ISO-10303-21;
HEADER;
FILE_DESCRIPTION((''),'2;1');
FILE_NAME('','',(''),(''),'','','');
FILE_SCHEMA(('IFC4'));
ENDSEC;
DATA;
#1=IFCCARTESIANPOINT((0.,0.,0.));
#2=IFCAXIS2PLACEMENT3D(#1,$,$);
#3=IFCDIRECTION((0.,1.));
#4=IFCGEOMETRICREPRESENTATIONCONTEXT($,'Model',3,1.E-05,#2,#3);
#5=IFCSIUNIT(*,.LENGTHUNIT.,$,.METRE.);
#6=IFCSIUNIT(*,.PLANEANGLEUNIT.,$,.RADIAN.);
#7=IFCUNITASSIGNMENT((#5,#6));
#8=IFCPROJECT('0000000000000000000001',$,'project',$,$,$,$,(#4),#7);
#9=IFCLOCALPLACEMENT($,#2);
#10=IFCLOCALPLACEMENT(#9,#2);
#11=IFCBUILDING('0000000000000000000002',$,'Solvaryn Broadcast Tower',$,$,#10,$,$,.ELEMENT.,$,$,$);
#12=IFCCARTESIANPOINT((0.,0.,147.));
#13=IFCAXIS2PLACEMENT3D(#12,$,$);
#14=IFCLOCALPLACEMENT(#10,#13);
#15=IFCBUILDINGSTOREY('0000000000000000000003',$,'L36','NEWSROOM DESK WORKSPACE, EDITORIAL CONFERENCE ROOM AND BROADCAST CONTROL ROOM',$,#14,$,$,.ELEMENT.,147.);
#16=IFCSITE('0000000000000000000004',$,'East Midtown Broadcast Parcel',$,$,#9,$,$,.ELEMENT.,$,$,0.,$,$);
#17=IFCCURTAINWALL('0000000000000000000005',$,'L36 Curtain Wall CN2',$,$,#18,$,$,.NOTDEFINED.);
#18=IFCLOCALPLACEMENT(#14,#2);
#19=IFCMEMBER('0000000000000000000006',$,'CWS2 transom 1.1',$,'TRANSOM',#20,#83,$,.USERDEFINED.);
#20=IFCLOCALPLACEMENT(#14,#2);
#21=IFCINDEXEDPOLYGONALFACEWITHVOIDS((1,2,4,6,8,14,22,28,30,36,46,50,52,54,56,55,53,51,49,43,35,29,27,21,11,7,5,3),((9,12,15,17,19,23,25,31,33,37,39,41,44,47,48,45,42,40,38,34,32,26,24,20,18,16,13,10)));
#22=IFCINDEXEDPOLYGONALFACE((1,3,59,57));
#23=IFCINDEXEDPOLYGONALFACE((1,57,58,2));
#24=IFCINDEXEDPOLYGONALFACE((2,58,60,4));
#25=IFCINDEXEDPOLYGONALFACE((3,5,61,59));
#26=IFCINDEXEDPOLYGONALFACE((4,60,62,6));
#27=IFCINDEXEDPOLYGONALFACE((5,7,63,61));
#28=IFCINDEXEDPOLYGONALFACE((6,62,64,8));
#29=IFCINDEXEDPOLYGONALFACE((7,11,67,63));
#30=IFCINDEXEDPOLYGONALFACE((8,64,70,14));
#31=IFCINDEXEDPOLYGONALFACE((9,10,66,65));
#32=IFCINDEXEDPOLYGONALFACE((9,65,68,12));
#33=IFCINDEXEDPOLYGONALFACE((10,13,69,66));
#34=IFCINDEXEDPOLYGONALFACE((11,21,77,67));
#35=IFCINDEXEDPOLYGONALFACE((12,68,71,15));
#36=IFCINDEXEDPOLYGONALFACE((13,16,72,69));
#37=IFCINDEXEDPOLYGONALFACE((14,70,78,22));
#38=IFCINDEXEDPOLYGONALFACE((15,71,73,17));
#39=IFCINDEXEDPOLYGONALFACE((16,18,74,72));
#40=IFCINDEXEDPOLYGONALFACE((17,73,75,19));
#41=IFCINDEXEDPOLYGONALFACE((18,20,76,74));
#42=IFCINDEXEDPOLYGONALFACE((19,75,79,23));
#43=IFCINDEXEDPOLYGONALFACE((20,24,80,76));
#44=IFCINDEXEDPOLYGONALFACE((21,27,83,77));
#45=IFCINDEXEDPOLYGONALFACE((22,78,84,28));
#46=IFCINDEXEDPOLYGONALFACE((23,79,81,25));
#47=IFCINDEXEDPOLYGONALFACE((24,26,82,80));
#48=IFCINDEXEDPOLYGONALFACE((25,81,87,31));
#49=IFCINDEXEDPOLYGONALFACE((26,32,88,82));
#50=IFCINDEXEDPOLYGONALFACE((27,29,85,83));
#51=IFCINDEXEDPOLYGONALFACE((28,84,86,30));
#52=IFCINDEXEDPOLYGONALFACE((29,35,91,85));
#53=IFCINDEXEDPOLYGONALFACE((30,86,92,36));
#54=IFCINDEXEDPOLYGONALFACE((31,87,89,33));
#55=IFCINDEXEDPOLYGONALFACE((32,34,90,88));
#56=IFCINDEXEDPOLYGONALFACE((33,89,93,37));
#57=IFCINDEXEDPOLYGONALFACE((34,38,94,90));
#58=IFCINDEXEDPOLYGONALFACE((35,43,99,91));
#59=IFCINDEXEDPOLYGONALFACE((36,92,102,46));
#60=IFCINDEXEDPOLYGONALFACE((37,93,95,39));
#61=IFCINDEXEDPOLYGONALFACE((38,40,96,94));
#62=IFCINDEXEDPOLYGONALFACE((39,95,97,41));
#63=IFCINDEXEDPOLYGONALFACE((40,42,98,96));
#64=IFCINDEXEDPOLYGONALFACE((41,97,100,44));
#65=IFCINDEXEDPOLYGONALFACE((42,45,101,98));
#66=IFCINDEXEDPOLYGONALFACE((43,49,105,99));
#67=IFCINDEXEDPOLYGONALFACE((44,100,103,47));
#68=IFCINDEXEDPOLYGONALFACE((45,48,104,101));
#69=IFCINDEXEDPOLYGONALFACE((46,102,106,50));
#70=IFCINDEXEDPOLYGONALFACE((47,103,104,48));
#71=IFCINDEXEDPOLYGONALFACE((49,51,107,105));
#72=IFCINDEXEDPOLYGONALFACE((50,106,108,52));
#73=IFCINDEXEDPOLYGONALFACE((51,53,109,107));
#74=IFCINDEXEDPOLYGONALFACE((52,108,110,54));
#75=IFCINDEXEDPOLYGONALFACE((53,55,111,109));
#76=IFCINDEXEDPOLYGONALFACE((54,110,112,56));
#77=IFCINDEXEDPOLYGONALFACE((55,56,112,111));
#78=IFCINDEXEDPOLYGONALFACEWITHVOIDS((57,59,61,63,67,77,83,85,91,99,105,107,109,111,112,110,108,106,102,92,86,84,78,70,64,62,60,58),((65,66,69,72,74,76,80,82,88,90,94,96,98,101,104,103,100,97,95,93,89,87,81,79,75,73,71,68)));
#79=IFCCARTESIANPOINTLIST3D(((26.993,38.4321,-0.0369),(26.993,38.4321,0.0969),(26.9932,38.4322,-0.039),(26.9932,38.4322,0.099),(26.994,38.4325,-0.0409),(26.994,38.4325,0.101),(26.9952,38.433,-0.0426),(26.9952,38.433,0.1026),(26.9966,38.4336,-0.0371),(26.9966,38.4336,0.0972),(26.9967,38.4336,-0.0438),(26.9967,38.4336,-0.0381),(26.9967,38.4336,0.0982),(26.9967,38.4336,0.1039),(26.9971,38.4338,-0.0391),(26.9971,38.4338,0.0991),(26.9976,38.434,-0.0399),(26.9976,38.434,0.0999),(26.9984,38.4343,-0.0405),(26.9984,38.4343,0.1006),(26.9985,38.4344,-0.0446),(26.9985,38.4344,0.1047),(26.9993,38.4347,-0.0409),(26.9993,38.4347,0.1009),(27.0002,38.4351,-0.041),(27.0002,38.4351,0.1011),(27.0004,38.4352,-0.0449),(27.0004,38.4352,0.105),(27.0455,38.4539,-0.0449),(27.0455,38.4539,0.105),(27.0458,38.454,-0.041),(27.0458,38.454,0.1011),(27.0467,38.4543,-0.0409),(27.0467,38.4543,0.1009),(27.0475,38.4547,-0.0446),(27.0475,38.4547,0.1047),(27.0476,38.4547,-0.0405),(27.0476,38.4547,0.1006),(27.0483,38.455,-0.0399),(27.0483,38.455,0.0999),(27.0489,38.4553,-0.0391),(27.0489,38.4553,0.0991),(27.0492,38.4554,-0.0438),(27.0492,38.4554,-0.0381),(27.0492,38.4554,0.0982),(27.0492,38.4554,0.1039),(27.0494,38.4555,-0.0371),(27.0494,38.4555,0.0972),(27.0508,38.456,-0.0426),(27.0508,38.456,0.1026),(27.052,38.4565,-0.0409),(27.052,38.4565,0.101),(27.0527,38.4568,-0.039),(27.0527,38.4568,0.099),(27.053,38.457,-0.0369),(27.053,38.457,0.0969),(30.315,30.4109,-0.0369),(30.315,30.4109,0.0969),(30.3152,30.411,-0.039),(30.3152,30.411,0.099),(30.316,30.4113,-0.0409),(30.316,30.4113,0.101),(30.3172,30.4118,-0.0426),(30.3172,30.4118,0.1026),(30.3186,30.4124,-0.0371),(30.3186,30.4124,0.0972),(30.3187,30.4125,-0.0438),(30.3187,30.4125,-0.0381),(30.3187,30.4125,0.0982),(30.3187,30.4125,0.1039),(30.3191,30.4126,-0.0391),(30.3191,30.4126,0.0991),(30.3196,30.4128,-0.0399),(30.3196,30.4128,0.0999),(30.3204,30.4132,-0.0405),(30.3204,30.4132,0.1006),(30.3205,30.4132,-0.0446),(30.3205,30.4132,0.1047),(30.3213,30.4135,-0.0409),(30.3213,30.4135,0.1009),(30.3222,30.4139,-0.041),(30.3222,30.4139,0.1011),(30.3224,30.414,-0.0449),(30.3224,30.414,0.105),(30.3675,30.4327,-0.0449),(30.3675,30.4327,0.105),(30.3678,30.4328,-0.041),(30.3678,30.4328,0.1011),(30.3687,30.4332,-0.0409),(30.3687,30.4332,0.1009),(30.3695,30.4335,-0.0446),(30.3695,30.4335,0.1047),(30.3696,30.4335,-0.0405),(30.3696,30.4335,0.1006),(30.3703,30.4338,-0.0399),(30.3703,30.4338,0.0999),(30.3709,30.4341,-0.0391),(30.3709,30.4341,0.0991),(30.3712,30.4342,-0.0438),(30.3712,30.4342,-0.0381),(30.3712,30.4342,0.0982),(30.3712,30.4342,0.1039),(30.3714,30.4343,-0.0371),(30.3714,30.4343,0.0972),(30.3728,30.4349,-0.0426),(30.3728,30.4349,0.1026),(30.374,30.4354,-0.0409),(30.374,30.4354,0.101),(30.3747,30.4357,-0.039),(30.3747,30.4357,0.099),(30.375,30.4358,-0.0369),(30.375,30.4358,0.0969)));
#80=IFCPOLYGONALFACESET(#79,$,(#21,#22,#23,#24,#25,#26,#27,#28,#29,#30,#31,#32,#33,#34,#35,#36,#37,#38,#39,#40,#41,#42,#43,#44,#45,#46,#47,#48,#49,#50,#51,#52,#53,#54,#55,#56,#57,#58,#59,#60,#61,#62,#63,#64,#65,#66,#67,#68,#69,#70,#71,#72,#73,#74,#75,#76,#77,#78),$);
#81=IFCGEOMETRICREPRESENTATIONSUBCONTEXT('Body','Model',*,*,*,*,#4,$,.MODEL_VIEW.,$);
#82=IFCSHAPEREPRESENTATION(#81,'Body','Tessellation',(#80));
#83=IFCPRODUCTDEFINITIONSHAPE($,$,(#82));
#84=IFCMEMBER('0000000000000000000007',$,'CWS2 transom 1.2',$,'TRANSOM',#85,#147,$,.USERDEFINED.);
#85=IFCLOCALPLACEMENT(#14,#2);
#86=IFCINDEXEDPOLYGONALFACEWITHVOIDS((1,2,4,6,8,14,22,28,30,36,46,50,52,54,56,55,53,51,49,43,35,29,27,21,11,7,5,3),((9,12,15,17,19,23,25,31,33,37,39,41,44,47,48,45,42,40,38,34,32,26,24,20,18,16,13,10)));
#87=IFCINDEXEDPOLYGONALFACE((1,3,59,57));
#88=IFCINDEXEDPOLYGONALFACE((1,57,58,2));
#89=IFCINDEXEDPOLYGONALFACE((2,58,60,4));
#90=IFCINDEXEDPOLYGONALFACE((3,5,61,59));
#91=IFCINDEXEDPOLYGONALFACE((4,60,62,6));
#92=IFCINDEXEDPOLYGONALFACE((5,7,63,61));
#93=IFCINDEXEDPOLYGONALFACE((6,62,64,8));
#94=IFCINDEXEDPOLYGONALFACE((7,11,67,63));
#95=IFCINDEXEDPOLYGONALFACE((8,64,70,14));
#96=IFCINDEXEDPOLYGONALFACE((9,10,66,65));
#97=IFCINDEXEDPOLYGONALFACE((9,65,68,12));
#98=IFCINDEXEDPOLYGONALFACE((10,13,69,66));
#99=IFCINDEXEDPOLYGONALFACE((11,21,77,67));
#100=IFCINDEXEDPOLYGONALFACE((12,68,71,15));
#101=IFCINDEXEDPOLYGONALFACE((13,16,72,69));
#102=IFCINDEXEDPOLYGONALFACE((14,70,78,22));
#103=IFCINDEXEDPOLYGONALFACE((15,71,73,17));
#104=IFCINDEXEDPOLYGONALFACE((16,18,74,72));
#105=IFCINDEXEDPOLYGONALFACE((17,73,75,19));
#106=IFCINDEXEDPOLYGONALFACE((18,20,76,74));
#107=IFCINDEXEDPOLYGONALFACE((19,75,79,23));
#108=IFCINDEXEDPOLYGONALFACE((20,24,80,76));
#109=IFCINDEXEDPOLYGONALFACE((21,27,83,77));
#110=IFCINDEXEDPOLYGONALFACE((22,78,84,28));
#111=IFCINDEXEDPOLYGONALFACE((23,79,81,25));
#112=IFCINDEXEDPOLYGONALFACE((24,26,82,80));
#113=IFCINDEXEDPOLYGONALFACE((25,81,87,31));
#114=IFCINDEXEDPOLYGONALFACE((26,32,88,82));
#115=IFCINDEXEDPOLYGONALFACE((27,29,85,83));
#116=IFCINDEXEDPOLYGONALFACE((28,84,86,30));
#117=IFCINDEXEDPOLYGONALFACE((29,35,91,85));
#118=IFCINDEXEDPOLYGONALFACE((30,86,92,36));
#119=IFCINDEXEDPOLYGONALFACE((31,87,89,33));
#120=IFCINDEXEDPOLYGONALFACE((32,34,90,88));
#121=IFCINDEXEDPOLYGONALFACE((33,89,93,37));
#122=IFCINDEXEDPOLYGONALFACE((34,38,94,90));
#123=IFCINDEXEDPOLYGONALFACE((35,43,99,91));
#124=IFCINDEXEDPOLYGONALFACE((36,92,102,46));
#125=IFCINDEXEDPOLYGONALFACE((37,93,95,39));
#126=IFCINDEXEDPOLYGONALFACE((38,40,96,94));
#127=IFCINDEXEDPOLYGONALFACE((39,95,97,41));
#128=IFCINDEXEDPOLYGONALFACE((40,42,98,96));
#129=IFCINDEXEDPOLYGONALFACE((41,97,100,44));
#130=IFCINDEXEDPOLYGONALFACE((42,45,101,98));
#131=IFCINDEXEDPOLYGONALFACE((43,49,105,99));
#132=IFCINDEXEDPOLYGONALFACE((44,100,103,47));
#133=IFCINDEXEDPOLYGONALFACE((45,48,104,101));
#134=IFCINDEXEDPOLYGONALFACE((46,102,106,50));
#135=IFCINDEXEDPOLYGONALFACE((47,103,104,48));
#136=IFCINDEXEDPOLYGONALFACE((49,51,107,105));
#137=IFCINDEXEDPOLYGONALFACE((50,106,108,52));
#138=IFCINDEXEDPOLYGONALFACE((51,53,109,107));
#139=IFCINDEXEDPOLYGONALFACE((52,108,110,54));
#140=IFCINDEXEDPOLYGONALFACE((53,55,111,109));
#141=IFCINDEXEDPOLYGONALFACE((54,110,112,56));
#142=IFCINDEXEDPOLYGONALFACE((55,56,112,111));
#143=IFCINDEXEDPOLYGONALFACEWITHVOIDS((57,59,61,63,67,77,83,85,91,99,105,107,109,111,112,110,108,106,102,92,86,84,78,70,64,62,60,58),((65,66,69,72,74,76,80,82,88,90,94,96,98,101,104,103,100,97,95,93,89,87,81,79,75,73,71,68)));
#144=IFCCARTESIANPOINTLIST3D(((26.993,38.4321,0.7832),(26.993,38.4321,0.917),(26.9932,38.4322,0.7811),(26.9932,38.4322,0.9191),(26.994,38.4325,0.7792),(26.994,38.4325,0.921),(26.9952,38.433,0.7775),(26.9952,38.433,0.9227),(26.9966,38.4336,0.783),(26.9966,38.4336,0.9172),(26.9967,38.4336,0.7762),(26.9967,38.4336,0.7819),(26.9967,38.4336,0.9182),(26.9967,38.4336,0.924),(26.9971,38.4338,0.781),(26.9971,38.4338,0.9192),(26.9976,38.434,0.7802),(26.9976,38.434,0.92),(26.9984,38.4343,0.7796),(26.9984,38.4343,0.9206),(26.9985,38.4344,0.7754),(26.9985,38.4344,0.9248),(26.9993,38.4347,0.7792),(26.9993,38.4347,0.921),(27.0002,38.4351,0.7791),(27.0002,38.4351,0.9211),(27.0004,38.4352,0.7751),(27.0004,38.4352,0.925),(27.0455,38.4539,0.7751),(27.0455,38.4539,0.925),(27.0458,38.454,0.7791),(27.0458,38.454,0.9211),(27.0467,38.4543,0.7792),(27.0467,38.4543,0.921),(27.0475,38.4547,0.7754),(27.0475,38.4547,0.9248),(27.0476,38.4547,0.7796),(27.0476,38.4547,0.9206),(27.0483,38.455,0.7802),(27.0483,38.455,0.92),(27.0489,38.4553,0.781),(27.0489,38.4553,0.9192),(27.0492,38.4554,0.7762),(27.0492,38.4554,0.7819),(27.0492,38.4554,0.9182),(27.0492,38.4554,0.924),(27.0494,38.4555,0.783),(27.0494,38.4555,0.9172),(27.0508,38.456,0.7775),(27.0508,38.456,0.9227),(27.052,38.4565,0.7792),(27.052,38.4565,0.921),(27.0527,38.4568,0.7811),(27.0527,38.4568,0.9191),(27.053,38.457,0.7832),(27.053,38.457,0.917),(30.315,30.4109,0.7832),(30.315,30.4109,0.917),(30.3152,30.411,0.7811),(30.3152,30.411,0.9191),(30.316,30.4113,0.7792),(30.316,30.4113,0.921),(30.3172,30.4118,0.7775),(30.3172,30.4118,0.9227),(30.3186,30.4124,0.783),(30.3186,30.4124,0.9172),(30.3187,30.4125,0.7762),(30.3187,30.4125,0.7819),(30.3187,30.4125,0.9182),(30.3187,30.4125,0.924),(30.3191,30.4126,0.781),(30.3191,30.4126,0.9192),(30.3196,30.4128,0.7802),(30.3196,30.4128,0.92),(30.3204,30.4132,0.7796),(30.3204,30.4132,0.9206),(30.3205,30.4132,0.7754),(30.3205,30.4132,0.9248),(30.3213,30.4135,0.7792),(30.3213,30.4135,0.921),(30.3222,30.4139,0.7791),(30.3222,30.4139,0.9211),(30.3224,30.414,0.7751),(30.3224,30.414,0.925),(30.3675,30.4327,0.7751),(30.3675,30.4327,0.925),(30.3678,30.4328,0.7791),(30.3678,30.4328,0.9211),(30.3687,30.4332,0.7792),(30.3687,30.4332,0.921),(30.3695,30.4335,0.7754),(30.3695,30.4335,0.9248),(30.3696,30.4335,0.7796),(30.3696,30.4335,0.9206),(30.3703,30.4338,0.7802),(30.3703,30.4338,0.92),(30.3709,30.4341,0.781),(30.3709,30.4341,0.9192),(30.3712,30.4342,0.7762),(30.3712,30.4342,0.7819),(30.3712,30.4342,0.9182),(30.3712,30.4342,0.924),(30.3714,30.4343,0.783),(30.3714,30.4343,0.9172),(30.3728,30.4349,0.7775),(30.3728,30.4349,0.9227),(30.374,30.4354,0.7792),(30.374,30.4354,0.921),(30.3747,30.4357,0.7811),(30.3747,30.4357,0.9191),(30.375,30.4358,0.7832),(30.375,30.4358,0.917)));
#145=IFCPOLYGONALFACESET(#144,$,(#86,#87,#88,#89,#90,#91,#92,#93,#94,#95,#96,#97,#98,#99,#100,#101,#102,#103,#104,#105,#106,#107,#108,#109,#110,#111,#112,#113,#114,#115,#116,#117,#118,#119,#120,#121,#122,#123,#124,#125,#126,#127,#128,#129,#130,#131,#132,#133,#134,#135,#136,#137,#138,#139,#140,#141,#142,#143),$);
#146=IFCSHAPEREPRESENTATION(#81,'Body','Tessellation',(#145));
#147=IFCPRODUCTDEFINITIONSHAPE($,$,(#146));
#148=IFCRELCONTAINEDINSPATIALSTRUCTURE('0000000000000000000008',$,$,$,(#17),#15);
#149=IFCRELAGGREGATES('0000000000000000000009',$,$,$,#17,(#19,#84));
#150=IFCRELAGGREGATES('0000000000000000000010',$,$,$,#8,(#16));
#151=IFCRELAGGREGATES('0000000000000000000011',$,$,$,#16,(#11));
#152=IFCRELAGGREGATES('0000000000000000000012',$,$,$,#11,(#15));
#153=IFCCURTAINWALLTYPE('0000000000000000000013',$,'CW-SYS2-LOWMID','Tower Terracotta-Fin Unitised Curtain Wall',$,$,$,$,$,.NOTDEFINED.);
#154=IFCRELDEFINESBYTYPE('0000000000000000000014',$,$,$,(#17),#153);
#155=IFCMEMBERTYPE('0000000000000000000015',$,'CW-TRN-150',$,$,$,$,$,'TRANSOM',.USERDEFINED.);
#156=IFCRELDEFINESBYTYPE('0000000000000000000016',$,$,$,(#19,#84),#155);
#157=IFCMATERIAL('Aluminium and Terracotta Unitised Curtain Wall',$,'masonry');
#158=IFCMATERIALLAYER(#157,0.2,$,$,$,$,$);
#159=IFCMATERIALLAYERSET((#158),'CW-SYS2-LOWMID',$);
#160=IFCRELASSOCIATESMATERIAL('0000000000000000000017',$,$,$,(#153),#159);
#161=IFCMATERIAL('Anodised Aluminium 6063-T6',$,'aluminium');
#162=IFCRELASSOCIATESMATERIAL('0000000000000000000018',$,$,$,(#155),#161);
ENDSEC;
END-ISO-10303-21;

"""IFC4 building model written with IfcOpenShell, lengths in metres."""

from ifc_helpers import new_model, si_unit, direction, frame, origin, origin_2d, place, context, subcontext, project, spatial, hollow_rectangle, extrude, material, layer, layer_set, material_profile, profile_set, type_object, element, aggregate, save


model = new_model("IFC4")

# Units and contexts
model_context = context("Model", 3, precision=1e-05, world=origin(), true_north=direction((0.0, 1.0)))
body_context = subcontext(model_context, "Body", "Model", "MODEL_VIEW")
ifc_project = project(units=[si_unit("LENGTHUNIT", "METRE"), si_unit("PLANEANGLEUNIT", "RADIAN")], contexts=[model_context])

# Site, building, storey
site_placement = place(None, origin())
site = spatial("IfcSite", under=ifc_project, at=site_placement, Name="East Midtown Broadcast Parcel", CompositionType="ELEMENT", RefElevation=0.0)
building_placement = place(site_placement, origin())
building = spatial("IfcBuilding", under=site, at=building_placement, Name="Solvaryn Broadcast Tower", CompositionType="ELEMENT")
storey_placement = place(building_placement, frame((0.0, 0.0, 147.0)))
storey = spatial("IfcBuildingStorey", under=building, at=storey_placement, Name="L36", Description="NEWSROOM DESK WORKSPACE, EDITORIAL CONFERENCE ROOM AND BROADCAST CONTROL ROOM", CompositionType="ELEMENT", Elevation=147.0)

# Shared definitions
ifc_material_1 = material(Name="Aluminium and Terracotta Unitised Curtain Wall", Category="masonry")
ifc_layer_1 = layer(ifc_material_1, 0.2)
ifc_layer_set_1 = layer_set([ifc_layer_1], Name="CW-SYS2-LOWMID")
curtain_wall_type = type_object("IfcCurtainWallType", Name="CW-SYS2-LOWMID", Description="Tower Terracotta-Fin Unitised Curtain Wall", PredefinedType="NOTDEFINED", material=ifc_layer_set_1)

# Curtain wall, members
curtain_wall_1_placement = place(storey_placement, origin())
curtain_wall_1 = element("IfcCurtainWall", 1, at=curtain_wall_1_placement, inside=storey, type_object=curtain_wall_type, Name="L36 Curtain Wall CN2", PredefinedType="NOTDEFINED")
ifc_material_2 = material(Name="Anodised Aluminium 6063-T6", Category="aluminium")
ifc_material_profile_1 = material_profile(ifc_material_2, hollow_rectangle(XDim=0.0649, YDim=0.1499, WallThickness=0.0039, InnerFilletRadius=0.0039, OuterFilletRadius=0.0081, at=origin_2d()))
ifc_profile_set_1 = profile_set([ifc_material_profile_1], Name="Anodised Aluminium 6063-T6")
member_type_1 = type_object("IfcMemberType", Name="CW-TRN-150", ElementType="TRANSOM", PredefinedType="USERDEFINED", material=ifc_profile_set_1)
member_1_placement = place(storey_placement, frame((30.345, 30.4233, 0.03), z_axis=(-0.382636, 0.923899, 0.0), x_axis=(-0.923899, -0.382636, 0.0)))
member_1 = element("IfcMember", 2, at=member_1_placement, type_object=member_type_1, Name="CWS2 transom 1.1", ObjectType="TRANSOM", PredefinedType="USERDEFINED", context=body_context, shape_type="SweptSolid", body=[
    extrude(hollow_rectangle(XDim=0.0649, YDim=0.1499, WallThickness=0.0039, InnerFilletRadius=0.0039, OuterFilletRadius=0.0081, at=origin_2d()), origin(), (0.0, 0.0, 1.0), 8.6819),
])
member_2_placement = place(storey_placement, frame((30.345, 30.4233, 0.8501), z_axis=(-0.382636, 0.923899, 0.0), x_axis=(-0.923899, -0.382636, 0.0)))
member_2 = element("IfcMember", 3, at=member_2_placement, type_object=member_type_1, Name="CWS2 transom 1.2", ObjectType="TRANSOM", PredefinedType="USERDEFINED", context=body_context, shape_type="SweptSolid", body=[
    extrude(hollow_rectangle(XDim=0.0649, YDim=0.1499, WallThickness=0.0039, InnerFilletRadius=0.0039, OuterFilletRadius=0.0081, at=origin_2d()), origin(), (0.0, 0.0, 1.0), 8.6819),
])

aggregate(curtain_wall_1, [member_1, member_2])

save(model, "model.ifc")
